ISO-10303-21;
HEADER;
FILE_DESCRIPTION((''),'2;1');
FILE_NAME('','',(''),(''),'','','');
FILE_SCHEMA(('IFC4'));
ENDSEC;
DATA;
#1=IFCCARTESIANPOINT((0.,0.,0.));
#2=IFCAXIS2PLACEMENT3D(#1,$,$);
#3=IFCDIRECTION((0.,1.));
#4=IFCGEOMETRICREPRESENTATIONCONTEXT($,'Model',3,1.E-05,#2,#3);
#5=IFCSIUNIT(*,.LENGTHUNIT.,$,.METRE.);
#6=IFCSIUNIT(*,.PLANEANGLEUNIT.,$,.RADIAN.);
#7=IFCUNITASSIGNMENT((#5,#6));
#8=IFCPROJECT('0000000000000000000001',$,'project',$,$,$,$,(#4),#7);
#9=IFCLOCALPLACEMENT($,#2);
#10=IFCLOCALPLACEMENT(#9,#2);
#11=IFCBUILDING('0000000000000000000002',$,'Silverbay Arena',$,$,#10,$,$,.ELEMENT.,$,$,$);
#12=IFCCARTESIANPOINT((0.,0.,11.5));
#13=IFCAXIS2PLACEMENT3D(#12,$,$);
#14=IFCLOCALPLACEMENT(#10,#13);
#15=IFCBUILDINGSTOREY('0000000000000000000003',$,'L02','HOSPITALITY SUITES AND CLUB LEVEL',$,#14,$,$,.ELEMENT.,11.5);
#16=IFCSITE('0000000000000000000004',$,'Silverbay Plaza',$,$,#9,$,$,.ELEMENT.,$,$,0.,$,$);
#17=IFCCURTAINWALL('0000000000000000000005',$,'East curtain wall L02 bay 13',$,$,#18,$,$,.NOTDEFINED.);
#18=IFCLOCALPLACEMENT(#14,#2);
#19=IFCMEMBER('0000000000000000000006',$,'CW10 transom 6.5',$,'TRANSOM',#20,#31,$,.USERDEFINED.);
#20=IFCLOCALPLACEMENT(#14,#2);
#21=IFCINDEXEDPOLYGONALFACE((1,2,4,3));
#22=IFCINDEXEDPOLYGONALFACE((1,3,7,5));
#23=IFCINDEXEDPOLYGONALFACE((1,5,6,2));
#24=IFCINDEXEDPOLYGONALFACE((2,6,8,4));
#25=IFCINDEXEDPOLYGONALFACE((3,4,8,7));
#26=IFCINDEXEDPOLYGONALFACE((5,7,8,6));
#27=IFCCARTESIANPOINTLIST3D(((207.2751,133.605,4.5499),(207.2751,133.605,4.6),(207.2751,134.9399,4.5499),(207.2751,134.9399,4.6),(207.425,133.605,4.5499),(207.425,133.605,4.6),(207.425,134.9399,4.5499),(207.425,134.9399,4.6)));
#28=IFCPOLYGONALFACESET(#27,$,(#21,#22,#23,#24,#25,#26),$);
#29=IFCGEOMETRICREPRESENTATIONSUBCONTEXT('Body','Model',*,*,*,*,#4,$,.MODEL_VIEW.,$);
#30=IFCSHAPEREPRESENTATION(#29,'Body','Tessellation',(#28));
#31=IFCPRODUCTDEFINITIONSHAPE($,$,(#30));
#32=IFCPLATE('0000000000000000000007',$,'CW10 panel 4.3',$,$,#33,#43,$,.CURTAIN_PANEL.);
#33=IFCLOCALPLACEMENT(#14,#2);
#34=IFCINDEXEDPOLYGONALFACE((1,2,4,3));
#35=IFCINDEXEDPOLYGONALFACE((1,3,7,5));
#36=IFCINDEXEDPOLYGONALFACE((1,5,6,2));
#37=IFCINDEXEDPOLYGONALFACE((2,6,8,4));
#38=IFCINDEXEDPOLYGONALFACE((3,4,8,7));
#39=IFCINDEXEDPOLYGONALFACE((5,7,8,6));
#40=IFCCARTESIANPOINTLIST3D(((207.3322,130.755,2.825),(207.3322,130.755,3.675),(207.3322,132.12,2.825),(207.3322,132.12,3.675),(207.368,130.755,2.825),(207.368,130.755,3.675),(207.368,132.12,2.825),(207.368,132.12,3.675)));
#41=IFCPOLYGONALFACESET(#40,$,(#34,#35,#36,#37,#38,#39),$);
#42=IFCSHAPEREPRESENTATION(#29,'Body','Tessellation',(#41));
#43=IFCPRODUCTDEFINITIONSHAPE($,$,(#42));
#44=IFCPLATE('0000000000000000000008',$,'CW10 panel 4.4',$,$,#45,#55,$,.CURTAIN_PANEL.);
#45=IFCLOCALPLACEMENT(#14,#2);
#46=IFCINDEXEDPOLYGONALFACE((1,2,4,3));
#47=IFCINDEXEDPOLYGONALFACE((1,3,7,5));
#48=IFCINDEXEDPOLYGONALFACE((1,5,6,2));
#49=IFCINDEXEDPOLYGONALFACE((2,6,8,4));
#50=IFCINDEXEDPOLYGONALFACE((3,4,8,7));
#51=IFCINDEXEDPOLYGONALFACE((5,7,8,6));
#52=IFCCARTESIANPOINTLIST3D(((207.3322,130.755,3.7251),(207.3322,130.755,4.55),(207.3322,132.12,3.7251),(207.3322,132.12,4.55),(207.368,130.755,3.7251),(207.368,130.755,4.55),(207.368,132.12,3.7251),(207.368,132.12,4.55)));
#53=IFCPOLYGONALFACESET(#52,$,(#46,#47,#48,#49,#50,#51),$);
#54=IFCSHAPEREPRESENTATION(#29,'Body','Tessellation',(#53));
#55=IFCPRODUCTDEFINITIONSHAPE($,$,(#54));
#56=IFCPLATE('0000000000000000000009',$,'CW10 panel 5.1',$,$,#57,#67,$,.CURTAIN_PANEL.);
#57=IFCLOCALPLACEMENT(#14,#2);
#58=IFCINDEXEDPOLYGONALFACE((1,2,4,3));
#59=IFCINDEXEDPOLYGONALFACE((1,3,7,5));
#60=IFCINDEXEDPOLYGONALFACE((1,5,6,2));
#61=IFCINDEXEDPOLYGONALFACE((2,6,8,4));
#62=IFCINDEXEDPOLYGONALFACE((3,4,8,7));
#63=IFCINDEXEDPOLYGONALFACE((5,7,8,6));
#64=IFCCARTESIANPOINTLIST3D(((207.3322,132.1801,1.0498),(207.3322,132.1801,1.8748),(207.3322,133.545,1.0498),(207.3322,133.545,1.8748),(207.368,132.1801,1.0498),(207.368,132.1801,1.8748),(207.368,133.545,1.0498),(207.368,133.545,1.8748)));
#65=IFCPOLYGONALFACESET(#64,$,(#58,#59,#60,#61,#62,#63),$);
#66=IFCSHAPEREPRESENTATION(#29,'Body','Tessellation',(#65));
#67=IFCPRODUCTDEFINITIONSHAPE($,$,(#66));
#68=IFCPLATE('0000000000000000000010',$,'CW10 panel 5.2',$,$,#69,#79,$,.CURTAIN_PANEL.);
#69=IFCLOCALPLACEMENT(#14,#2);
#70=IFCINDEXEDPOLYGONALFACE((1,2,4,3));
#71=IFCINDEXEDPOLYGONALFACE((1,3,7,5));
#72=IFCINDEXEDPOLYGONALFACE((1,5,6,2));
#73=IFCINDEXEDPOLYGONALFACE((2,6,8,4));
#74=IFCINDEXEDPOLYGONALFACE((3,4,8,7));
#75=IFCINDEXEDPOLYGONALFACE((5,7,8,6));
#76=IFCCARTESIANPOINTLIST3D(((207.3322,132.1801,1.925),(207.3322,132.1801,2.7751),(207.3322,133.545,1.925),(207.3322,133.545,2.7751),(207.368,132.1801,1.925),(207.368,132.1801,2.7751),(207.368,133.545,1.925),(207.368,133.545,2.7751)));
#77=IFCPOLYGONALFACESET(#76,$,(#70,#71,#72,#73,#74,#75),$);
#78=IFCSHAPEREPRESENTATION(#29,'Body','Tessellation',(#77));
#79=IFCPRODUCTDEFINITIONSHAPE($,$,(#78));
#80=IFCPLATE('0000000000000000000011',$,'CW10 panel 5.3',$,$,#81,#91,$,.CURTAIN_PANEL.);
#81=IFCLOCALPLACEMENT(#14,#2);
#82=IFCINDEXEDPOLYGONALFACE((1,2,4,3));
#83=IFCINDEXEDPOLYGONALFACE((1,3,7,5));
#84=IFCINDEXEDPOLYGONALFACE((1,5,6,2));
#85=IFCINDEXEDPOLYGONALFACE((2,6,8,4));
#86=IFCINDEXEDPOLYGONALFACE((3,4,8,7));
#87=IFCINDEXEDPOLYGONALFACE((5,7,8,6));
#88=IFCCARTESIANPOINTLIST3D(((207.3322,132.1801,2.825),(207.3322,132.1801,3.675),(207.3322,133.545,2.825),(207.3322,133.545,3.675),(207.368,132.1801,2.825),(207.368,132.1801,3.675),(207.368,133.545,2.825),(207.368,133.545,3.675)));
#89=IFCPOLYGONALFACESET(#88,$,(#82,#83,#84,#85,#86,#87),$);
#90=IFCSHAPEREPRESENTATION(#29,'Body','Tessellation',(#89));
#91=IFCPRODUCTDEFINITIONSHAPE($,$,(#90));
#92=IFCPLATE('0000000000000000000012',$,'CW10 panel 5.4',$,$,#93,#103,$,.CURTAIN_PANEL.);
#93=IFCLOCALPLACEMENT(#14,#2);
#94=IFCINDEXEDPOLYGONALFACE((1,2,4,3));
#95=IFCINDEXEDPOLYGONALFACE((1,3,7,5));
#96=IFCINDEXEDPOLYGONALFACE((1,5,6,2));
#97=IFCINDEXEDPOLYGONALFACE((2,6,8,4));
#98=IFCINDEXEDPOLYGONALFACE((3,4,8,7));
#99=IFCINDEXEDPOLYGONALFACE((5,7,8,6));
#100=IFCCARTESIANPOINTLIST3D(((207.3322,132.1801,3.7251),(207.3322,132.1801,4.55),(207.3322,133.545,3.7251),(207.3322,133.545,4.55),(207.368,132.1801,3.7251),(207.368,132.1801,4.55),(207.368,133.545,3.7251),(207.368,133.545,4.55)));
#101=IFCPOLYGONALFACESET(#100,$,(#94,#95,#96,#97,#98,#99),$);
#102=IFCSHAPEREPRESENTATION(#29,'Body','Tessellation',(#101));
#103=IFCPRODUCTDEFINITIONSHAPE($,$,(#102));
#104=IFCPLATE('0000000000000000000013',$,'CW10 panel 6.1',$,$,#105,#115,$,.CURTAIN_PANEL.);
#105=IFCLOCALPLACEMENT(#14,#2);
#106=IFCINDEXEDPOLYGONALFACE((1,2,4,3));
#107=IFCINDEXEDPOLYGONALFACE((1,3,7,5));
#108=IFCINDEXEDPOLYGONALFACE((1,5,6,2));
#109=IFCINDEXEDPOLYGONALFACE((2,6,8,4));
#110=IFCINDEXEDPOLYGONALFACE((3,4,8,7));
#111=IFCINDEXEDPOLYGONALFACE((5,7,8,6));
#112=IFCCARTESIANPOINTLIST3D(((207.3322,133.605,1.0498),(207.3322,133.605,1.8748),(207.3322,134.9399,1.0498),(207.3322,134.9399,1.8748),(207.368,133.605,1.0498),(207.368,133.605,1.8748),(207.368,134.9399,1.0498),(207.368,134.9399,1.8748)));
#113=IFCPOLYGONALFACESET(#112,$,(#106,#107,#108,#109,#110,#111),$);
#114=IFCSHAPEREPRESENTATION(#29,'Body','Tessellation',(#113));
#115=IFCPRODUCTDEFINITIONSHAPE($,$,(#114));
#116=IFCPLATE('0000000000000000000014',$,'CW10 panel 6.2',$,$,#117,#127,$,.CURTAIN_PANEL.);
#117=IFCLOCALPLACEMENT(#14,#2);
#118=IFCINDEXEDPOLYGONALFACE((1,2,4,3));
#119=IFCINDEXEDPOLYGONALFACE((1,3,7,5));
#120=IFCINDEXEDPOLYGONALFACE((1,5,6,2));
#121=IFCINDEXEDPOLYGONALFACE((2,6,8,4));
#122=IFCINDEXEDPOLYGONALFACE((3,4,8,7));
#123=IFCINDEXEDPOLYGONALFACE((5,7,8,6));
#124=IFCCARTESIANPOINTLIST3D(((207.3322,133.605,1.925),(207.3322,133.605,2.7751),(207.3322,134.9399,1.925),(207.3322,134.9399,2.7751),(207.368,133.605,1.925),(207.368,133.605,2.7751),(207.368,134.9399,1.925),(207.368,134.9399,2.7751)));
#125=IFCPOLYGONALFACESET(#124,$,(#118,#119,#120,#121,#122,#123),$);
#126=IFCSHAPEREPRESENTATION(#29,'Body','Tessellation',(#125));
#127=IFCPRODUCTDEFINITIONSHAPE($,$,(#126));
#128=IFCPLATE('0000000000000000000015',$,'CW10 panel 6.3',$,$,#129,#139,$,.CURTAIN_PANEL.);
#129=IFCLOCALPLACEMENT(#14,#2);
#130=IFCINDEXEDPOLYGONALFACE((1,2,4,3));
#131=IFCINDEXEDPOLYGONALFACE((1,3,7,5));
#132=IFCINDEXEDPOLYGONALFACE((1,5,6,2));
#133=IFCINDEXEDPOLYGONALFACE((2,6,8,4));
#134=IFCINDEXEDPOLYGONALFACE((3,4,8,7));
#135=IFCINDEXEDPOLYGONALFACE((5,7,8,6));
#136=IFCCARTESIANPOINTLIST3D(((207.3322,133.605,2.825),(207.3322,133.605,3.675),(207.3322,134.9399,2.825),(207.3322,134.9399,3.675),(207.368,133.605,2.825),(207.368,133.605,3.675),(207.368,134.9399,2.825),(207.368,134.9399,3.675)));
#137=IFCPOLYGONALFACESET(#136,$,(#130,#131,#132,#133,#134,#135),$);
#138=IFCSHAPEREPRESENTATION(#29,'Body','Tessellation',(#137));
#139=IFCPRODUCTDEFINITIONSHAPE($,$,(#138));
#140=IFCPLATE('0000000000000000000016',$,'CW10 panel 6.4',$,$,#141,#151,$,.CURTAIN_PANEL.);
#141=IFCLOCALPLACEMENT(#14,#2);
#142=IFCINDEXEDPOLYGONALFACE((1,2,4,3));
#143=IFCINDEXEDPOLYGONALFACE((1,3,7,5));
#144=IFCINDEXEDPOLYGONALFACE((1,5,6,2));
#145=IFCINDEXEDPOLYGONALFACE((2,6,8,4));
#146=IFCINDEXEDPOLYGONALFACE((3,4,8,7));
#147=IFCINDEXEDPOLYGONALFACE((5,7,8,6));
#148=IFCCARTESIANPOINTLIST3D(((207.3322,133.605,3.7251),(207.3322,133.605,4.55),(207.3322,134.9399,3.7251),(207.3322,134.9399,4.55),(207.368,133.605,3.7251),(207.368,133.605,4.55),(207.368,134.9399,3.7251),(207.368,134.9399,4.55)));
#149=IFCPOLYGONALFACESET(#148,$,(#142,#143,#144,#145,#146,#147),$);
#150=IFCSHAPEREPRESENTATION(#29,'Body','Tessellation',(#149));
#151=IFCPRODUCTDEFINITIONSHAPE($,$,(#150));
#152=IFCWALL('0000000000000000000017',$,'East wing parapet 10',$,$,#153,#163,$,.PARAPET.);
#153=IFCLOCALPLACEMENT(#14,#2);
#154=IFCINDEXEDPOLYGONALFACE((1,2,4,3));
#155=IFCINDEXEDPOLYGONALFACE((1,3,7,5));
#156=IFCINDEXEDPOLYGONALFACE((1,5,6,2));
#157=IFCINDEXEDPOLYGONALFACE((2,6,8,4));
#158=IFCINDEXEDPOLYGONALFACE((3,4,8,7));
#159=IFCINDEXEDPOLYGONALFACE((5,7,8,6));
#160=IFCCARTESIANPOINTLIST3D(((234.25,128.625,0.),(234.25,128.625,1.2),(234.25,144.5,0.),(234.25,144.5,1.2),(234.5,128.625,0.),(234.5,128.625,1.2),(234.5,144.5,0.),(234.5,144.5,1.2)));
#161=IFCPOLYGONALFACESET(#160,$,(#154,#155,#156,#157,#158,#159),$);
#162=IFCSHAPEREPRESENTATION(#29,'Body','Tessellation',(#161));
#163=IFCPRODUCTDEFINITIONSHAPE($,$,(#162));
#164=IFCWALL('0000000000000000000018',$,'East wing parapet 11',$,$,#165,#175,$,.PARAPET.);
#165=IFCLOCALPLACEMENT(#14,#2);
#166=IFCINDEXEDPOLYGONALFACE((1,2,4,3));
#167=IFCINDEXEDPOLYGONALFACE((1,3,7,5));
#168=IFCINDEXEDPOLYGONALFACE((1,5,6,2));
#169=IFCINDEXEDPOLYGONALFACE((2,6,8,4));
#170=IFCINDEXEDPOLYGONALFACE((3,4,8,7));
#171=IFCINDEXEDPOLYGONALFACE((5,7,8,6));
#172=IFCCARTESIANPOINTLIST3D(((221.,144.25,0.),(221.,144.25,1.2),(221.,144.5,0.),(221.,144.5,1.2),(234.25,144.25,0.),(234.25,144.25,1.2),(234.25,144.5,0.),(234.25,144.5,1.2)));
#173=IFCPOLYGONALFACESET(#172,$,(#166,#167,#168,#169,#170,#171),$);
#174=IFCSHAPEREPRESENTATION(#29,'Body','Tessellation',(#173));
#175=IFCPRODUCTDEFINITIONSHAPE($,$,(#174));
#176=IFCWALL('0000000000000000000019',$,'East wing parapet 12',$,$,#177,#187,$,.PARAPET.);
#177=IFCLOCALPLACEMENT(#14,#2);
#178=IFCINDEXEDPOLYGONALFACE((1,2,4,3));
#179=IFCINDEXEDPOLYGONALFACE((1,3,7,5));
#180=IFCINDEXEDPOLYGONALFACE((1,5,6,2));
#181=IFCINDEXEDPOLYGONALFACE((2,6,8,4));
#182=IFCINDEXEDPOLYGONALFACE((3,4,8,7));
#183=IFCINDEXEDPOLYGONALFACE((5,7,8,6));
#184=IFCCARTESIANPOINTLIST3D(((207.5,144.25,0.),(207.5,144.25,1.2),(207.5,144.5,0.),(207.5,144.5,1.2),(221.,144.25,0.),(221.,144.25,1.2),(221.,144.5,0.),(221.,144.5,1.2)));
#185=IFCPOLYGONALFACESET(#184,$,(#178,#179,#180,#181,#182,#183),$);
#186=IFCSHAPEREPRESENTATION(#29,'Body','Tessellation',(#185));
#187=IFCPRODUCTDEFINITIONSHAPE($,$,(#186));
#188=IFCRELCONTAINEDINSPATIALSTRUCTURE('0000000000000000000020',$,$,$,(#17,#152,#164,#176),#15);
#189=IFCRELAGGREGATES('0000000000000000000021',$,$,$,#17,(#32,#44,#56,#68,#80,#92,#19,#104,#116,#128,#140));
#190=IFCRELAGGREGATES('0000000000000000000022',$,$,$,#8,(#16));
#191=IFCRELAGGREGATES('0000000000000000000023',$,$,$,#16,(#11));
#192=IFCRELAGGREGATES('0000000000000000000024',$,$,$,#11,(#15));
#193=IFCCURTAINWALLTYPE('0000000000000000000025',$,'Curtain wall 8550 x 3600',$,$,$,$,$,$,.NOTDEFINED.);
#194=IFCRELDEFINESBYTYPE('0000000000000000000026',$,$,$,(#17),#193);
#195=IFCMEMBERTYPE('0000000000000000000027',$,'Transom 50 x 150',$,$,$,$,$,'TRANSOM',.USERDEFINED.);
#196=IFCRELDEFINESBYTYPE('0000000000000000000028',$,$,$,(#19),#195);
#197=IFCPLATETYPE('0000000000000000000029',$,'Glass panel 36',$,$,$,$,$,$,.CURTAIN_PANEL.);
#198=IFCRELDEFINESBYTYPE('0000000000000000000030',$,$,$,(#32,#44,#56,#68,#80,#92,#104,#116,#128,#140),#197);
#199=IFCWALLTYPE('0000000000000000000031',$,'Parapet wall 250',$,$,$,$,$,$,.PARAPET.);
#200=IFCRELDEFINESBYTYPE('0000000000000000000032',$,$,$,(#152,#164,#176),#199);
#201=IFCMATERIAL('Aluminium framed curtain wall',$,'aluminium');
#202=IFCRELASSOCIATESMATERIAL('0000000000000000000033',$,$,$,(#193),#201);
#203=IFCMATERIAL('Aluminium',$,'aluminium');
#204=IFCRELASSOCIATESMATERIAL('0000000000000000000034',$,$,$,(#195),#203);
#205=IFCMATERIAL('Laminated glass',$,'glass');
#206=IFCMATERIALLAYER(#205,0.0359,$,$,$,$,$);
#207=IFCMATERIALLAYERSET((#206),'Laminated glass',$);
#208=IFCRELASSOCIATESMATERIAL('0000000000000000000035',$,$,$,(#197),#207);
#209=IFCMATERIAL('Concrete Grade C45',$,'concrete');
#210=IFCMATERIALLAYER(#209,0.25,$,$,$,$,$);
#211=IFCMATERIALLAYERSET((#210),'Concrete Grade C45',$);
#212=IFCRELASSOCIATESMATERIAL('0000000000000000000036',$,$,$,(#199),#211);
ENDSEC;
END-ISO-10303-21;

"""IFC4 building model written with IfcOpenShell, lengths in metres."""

from ifc_helpers import new_model, si_unit, direction, frame, frame_2d, origin, origin_2d, place, context, subcontext, project, spatial, rectangle, extrude, material, layer, layer_set, material_profile, profile_set, type_object, element, aggregate, save


model = new_model("IFC4")

# Units and contexts
model_context = context("Model", 3, precision=1e-05, world=origin(), true_north=direction((0.0, 1.0)))
body_context = subcontext(model_context, "Body", "Model", "MODEL_VIEW")
ifc_project = project(units=[si_unit("LENGTHUNIT", "METRE"), si_unit("PLANEANGLEUNIT", "RADIAN")], contexts=[model_context])

# Site, building, storey
site_placement = place(None, origin())
site = spatial("IfcSite", under=ifc_project, at=site_placement, Name="Silverbay Plaza", CompositionType="ELEMENT", RefElevation=0.0)
building_placement = place(site_placement, origin())
building = spatial("IfcBuilding", under=site, at=building_placement, Name="Silverbay Arena", CompositionType="ELEMENT")
storey_placement = place(building_placement, frame((0.0, 0.0, 11.5)))
storey = spatial("IfcBuildingStorey", under=building, at=storey_placement, Name="L02", Description="HOSPITALITY SUITES AND CLUB LEVEL", CompositionType="ELEMENT", Elevation=11.5)

# Curtain wall
ifc_material_1 = material(Name="Aluminium framed curtain wall", Category="aluminium")
curtain_wall_type = type_object("IfcCurtainWallType", Name="Curtain wall 8550 x 3600", PredefinedType="NOTDEFINED", material=ifc_material_1)
curtain_wall_placement = place(storey_placement, origin())
curtain_wall = element("IfcCurtainWall", 1, at=curtain_wall_placement, inside=storey, type_object=curtain_wall_type, Name="East curtain wall L02 bay 13", PredefinedType="NOTDEFINED")

# Member
ifc_material_2 = material(Name="Aluminium", Category="aluminium")
ifc_material_profile_1 = material_profile(ifc_material_2, rectangle(XDim=0.1499, YDim=0.05, at=origin_2d()), Name="Transom 50 x 150")
ifc_profile_set_1 = profile_set([ifc_material_profile_1], Name="Aluminium")
member_type_1 = type_object("IfcMemberType", Name="Transom 50 x 150", ElementType="TRANSOM", PredefinedType="USERDEFINED", material=ifc_profile_set_1)
member_1_placement = place(storey_placement, frame((207.3501, 133.605, 4.575), z_axis=(0.0, 1.0, 0.0), x_axis=(-1.0, 0.0, 0.0)))
member_1 = element("IfcMember", 2, at=member_1_placement, type_object=member_type_1, Name="CW10 transom 6.5", ObjectType="TRANSOM", PredefinedType="USERDEFINED", context=body_context, shape_type="SweptSolid", body=[
    extrude(rectangle(XDim=0.1499, YDim=0.05, at=origin_2d()), origin(), (0.0, 0.0, 1.0), 1.335),
])

# Plates
ifc_material_3 = material(Name="Laminated glass", Category="glass")
ifc_layer_1 = layer(ifc_material_3, 0.0359)
ifc_layer_set_1 = layer_set([ifc_layer_1], Name="Laminated glass")
plate_type = type_object("IfcPlateType", Name="Glass panel 36", PredefinedType="CURTAIN_PANEL", material=ifc_layer_set_1)
plate_1_placement = place(storey_placement, frame((207.3501, 131.4375, 2.825), z_axis=(0.0, 0.0, 1.0), x_axis=(0.0, 1.0, 0.0)))
plate_1 = element("IfcPlate", 3, at=plate_1_placement, type_object=plate_type, Name="CW10 panel 4.3", PredefinedType="CURTAIN_PANEL", context=body_context, shape_type="SweptSolid", body=[
    extrude(rectangle(XDim=1.365, YDim=0.0359, at=origin_2d()), origin(), (0.0, 0.0, 1.0), 0.8501),
])
plate_2_placement = place(storey_placement, frame((207.3501, 131.4375, 3.7251), z_axis=(0.0, 0.0, 1.0), x_axis=(0.0, 1.0, 0.0)))
plate_2 = element("IfcPlate", 4, at=plate_2_placement, type_object=plate_type, Name="CW10 panel 4.4", PredefinedType="CURTAIN_PANEL", context=body_context, shape_type="SweptSolid", body=[
    extrude(rectangle(XDim=1.365, YDim=0.0359, at=origin_2d()), origin(), (0.0, 0.0, 1.0), 0.825),
])
plate_3_placement = place(storey_placement, frame((207.3501, 132.8625, 1.0498), z_axis=(0.0, 0.0, 1.0), x_axis=(0.0, 1.0, 0.0)))
plate_3 = element("IfcPlate", 5, at=plate_3_placement, type_object=plate_type, Name="CW10 panel 5.1", PredefinedType="CURTAIN_PANEL", context=body_context, shape_type="SweptSolid", body=[
    extrude(rectangle(XDim=1.365, YDim=0.0359, at=origin_2d()), origin(), (0.0, 0.0, 1.0), 0.825),
])
plate_4_placement = place(storey_placement, frame((207.3501, 132.8625, 1.925), z_axis=(0.0, 0.0, 1.0), x_axis=(0.0, 1.0, 0.0)))
plate_4 = element("IfcPlate", 6, at=plate_4_placement, type_object=plate_type, Name="CW10 panel 5.2", PredefinedType="CURTAIN_PANEL", context=body_context, shape_type="SweptSolid", body=[
    extrude(rectangle(XDim=1.365, YDim=0.0359, at=origin_2d()), origin(), (0.0, 0.0, 1.0), 0.8501),
])
plate_5_placement = place(storey_placement, frame((207.3501, 132.8625, 2.825), z_axis=(0.0, 0.0, 1.0), x_axis=(0.0, 1.0, 0.0)))
plate_5 = element("IfcPlate", 7, at=plate_5_placement, type_object=plate_type, Name="CW10 panel 5.3", PredefinedType="CURTAIN_PANEL", context=body_context, shape_type="SweptSolid", body=[
    extrude(rectangle(XDim=1.365, YDim=0.0359, at=origin_2d()), origin(), (0.0, 0.0, 1.0), 0.8501),
])
plate_6_placement = place(storey_placement, frame((207.3501, 132.8625, 3.7251), z_axis=(0.0, 0.0, 1.0), x_axis=(0.0, 1.0, 0.0)))
plate_6 = element("IfcPlate", 8, at=plate_6_placement, type_object=plate_type, Name="CW10 panel 5.4", PredefinedType="CURTAIN_PANEL", context=body_context, shape_type="SweptSolid", body=[
    extrude(rectangle(XDim=1.365, YDim=0.0359, at=origin_2d()), origin(), (0.0, 0.0, 1.0), 0.825),
])
plate_7_placement = place(storey_placement, frame((207.3501, 134.2725, 1.0498), z_axis=(0.0, 0.0, 1.0), x_axis=(0.0, 1.0, 0.0)))
plate_7 = element("IfcPlate", 9, at=plate_7_placement, type_object=plate_type, Name="CW10 panel 6.1", PredefinedType="CURTAIN_PANEL", context=body_context, shape_type="SweptSolid", body=[
    extrude(rectangle(XDim=1.335, YDim=0.0359, at=origin_2d()), origin(), (0.0, 0.0, 1.0), 0.825),
])
plate_8_placement = place(storey_placement, frame((207.3501, 134.2725, 1.925), z_axis=(0.0, 0.0, 1.0), x_axis=(0.0, 1.0, 0.0)))
plate_8 = element("IfcPlate", 10, at=plate_8_placement, type_object=plate_type, Name="CW10 panel 6.2", PredefinedType="CURTAIN_PANEL", context=body_context, shape_type="SweptSolid", body=[
    extrude(rectangle(XDim=1.335, YDim=0.0359, at=origin_2d()), origin(), (0.0, 0.0, 1.0), 0.8501),
])
plate_9_placement = place(storey_placement, frame((207.3501, 134.2725, 2.825), z_axis=(0.0, 0.0, 1.0), x_axis=(0.0, 1.0, 0.0)))
plate_9 = element("IfcPlate", 11, at=plate_9_placement, type_object=plate_type, Name="CW10 panel 6.3", PredefinedType="CURTAIN_PANEL", context=body_context, shape_type="SweptSolid", body=[
    extrude(rectangle(XDim=1.335, YDim=0.0359, at=origin_2d()), origin(), (0.0, 0.0, 1.0), 0.8501),
])
plate_10_placement = place(storey_placement, frame((207.3501, 134.2725, 3.7251), z_axis=(0.0, 0.0, 1.0), x_axis=(0.0, 1.0, 0.0)))
plate_10 = element("IfcPlate", 12, at=plate_10_placement, type_object=plate_type, Name="CW10 panel 6.4", PredefinedType="CURTAIN_PANEL", context=body_context, shape_type="SweptSolid", body=[
    extrude(rectangle(XDim=1.335, YDim=0.0359, at=origin_2d()), origin(), (0.0, 0.0, 1.0), 0.825),
])
aggregate(curtain_wall, [plate_1, plate_2, plate_3, plate_4, plate_5, plate_6, member_1, plate_7, plate_8, plate_9, plate_10])

# Walls
ifc_material_4 = material(Name="Concrete Grade C45", Category="concrete")
ifc_layer_2 = layer(ifc_material_4, 0.25)
ifc_layer_set_2 = layer_set([ifc_layer_2], Name="Concrete Grade C45")
wall_type = type_object("IfcWallType", Name="Parapet wall 250", PredefinedType="PARAPET", material=ifc_layer_set_2)
wall_1_placement = place(storey_placement, frame((234.375, 128.625, 0.0), z_axis=(0.0, 0.0, 1.0), x_axis=(0.0, 1.0, 0.0)))
element("IfcWall", 13, at=wall_1_placement, inside=storey, type_object=wall_type, Name="East wing parapet 10", PredefinedType="PARAPET", context=body_context, shape_type="SweptSolid", body=[
    extrude(rectangle(XDim=15.875, YDim=0.25, at=frame_2d((7.9375, 0.0))), origin(), (0.0, 0.0, 1.0), 1.2),
])
wall_2_placement = place(storey_placement, frame((234.25, 144.375, 0.0), z_axis=(0.0, 0.0, 1.0), x_axis=(-1.0, 0.0, 0.0)))
element("IfcWall", 14, at=wall_2_placement, inside=storey, type_object=wall_type, Name="East wing parapet 11", PredefinedType="PARAPET", context=body_context, shape_type="SweptSolid", body=[
    extrude(rectangle(XDim=13.25, YDim=0.25, at=frame_2d((6.625, 0.0))), origin(), (0.0, 0.0, 1.0), 1.2),
])
wall_3_placement = place(storey_placement, frame((221.0, 144.375, 0.0), z_axis=(0.0, 0.0, 1.0), x_axis=(-1.0, 0.0, 0.0)))
element("IfcWall", 15, at=wall_3_placement, inside=storey, type_object=wall_type, Name="East wing parapet 12", PredefinedType="PARAPET", context=body_context, shape_type="SweptSolid", body=[
    extrude(rectangle(XDim=13.5, YDim=0.25, at=frame_2d((6.75, 0.0))), origin(), (0.0, 0.0, 1.0), 1.2),
])

save(model, "model.ifc")
